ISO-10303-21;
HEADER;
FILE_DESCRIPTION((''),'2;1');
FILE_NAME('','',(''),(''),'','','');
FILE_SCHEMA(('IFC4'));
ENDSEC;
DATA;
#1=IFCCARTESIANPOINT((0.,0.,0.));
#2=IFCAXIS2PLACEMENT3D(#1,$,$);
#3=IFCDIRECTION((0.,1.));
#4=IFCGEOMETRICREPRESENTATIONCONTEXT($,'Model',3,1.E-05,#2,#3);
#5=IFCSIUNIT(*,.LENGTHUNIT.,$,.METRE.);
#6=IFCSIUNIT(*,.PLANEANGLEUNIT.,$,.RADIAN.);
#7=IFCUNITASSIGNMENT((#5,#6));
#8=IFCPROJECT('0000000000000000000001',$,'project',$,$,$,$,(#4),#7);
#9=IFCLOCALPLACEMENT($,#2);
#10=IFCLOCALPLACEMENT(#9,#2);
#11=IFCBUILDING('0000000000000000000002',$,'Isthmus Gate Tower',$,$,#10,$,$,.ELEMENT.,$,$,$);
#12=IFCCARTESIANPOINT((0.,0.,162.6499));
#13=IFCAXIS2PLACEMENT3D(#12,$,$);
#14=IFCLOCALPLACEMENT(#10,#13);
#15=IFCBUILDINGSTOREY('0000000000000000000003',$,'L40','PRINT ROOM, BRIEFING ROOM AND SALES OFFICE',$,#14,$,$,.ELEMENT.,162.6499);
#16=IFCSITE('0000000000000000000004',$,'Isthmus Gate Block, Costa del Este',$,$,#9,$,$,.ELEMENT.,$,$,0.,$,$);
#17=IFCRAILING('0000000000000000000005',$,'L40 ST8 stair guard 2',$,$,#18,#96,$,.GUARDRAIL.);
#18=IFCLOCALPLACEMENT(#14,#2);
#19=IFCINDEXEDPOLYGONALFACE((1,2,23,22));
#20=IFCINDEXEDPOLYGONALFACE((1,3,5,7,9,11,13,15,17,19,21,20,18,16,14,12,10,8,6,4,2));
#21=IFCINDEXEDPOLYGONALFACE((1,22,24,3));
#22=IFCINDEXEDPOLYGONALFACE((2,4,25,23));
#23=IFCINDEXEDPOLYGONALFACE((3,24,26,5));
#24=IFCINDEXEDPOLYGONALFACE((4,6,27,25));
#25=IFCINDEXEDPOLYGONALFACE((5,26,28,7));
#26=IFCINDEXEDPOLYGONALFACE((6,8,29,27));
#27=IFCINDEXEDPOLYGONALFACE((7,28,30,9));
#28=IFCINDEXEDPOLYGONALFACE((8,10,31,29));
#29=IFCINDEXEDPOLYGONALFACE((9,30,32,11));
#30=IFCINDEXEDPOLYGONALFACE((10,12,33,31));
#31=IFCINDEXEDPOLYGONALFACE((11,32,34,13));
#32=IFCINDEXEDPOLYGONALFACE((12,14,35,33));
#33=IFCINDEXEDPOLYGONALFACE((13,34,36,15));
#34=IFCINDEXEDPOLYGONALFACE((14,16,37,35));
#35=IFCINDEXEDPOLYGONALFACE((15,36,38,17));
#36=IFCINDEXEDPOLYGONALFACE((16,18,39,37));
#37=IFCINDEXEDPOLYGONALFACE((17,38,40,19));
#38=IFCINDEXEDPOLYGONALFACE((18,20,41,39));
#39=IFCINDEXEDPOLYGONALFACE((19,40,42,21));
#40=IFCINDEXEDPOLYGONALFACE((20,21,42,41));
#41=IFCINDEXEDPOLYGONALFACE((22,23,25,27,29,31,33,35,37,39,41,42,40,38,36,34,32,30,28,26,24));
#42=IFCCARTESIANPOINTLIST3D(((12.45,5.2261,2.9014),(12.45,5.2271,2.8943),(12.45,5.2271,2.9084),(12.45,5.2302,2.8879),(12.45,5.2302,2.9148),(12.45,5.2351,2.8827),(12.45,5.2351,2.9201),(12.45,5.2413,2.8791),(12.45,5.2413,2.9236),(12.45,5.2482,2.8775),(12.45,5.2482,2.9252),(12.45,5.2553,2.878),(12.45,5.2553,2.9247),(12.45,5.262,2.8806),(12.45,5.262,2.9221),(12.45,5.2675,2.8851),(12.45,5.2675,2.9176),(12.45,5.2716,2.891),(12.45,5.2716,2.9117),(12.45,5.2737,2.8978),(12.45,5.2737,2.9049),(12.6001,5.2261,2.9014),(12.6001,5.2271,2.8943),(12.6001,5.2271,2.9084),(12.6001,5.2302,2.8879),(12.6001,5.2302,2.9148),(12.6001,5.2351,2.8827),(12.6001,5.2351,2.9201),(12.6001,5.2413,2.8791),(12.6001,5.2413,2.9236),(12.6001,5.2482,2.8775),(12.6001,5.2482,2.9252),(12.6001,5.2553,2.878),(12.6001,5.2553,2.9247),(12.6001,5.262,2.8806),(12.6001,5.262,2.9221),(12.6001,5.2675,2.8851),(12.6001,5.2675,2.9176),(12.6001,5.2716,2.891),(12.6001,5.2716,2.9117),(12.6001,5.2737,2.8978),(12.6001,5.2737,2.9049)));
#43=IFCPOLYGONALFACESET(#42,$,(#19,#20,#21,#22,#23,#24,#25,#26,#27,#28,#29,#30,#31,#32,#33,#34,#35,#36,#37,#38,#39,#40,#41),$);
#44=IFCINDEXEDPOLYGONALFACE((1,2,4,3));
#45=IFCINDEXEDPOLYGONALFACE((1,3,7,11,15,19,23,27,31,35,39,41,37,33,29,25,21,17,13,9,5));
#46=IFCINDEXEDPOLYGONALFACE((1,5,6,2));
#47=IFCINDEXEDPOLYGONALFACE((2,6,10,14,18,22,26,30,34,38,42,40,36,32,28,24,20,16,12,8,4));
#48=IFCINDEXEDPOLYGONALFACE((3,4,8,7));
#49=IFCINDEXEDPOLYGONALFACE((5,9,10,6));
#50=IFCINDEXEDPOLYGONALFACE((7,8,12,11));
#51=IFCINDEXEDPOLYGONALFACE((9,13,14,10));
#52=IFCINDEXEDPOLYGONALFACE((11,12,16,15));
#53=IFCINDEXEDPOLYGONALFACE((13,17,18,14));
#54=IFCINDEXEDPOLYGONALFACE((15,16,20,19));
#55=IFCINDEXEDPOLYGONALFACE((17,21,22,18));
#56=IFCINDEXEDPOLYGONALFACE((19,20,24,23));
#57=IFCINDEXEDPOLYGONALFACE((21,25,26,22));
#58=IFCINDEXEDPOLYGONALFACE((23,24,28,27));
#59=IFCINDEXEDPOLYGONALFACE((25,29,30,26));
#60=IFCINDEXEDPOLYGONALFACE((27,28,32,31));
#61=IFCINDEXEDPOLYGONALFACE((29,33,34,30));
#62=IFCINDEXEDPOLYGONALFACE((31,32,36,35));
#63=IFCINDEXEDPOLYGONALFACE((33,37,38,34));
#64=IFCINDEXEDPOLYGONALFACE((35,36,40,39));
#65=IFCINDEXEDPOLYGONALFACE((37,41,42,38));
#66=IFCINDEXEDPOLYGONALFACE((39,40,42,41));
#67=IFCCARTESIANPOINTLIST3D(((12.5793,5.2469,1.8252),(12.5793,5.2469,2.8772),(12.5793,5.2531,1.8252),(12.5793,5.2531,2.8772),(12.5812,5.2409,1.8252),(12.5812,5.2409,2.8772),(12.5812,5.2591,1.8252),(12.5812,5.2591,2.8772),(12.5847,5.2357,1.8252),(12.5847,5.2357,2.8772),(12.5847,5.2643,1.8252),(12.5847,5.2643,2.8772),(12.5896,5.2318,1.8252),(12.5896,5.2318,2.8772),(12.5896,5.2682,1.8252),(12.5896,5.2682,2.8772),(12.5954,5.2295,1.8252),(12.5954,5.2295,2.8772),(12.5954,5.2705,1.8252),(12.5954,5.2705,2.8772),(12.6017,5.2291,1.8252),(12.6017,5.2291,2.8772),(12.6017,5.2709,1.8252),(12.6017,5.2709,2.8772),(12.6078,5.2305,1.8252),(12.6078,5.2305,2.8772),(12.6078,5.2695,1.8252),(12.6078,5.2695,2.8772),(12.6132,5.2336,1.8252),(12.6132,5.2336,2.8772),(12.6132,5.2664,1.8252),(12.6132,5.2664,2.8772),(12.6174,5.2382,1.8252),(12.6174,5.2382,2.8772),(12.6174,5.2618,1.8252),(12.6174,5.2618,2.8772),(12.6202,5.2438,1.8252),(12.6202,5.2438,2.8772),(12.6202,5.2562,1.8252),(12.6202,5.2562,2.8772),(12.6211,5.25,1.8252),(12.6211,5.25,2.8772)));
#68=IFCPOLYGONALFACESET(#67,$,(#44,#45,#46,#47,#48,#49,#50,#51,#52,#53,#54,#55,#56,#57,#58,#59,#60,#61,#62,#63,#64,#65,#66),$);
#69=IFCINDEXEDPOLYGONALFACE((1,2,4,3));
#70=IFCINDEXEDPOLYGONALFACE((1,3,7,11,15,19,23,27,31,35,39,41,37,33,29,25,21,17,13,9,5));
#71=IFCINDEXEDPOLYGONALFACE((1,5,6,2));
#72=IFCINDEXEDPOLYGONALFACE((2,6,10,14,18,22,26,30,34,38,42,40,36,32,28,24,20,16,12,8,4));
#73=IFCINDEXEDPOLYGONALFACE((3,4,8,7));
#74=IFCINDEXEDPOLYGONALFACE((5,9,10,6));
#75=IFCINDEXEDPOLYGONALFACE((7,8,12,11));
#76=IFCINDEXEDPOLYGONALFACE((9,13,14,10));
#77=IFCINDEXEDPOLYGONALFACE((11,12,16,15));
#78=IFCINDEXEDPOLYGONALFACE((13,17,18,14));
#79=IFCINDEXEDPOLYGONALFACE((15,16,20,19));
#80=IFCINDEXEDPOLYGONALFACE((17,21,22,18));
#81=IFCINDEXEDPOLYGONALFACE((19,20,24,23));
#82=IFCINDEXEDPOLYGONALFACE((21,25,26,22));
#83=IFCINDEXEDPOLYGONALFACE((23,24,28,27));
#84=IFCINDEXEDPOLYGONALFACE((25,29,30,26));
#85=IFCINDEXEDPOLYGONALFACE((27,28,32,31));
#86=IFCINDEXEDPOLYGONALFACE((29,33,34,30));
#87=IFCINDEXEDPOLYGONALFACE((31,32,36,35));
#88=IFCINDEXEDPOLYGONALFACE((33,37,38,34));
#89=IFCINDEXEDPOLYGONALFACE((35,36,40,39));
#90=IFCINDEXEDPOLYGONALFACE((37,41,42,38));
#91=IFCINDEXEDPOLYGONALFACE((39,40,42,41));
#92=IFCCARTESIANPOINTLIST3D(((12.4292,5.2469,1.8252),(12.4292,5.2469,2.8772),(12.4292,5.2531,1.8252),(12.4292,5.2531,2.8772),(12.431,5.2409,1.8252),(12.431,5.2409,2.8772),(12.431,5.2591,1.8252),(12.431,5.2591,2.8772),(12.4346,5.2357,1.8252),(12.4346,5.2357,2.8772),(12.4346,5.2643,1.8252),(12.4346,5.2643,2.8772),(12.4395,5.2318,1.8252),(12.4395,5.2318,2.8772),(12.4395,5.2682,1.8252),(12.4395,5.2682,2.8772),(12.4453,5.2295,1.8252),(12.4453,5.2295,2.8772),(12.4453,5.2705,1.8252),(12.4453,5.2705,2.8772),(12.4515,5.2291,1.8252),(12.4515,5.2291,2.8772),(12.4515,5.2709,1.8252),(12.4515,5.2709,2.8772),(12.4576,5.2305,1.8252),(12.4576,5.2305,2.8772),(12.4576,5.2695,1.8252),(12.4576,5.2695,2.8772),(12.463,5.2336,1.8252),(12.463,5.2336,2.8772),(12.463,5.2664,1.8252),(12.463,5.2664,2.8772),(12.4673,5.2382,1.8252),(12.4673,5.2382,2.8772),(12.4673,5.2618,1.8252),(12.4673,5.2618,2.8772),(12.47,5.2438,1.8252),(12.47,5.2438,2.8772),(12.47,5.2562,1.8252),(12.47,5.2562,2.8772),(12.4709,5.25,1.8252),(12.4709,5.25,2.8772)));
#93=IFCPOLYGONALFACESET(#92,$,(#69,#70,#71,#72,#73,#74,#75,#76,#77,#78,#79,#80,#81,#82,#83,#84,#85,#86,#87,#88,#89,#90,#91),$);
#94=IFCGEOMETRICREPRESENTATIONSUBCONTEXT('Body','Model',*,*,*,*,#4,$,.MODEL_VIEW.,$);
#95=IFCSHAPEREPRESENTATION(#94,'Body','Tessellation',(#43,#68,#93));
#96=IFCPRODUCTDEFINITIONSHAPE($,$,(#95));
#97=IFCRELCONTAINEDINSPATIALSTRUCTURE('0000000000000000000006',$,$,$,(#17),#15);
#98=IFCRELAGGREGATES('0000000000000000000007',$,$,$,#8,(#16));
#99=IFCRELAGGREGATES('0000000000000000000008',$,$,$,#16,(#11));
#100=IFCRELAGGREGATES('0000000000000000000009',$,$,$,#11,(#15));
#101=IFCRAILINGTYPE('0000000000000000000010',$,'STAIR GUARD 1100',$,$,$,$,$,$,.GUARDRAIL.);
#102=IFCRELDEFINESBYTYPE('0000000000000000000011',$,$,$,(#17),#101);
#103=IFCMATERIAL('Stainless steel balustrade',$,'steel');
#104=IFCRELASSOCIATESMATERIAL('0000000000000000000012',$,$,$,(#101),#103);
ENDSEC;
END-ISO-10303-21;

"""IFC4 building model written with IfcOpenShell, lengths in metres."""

from ifc_helpers import new_model, si_unit, direction, frame, origin, origin_2d, place, context, subcontext, project, spatial, circle, extrude, material, type_object, element, save


model = new_model("IFC4")

# Units and contexts
model_context = context("Model", 3, precision=1e-05, world=origin(), true_north=direction((0.0, 1.0)))
body_context = subcontext(model_context, "Body", "Model", "MODEL_VIEW")
ifc_project = project(units=[si_unit("LENGTHUNIT", "METRE"), si_unit("PLANEANGLEUNIT", "RADIAN")], contexts=[model_context])

# Site, building, storey
site_placement = place(None, origin())
site = spatial("IfcSite", under=ifc_project, at=site_placement, Name="Isthmus Gate Block, Costa del Este", CompositionType="ELEMENT", RefElevation=0.0)
building_placement = place(site_placement, origin())
building = spatial("IfcBuilding", under=site, at=building_placement, Name="Isthmus Gate Tower", CompositionType="ELEMENT")
storey_placement = place(building_placement, frame((0.0, 0.0, 162.6499)))
storey = spatial("IfcBuildingStorey", under=building, at=storey_placement, Name="L40", Description="PRINT ROOM, BRIEFING ROOM AND SALES OFFICE", CompositionType="ELEMENT", Elevation=162.6499)

# Railing
ifc_material_1 = material(Name="Stainless steel balustrade", Category="steel")
railing_type_1 = type_object("IfcRailingType", Name="STAIR GUARD 1100", PredefinedType="GUARDRAIL", material=ifc_material_1)
railing_1_placement = place(storey_placement, frame((12.6001, 5.25, 1.8252)))
element("IfcRailing", 1, at=railing_1_placement, inside=storey, type_object=railing_type_1, Name="L40 ST8 stair guard 2", PredefinedType="GUARDRAIL", context=body_context, shape_type="SweptSolid", body=[
    extrude(circle(Radius=0.0239, at=origin_2d()), frame((0.0, 0.0, 1.0762), z_axis=(-1.0, 0.0, 0.0), x_axis=(0.0, -1.0, 0.0)), (0.0, 0.0, 1.0), 0.1501),
    extrude(circle(Radius=0.021, at=origin_2d()), origin(), (0.0, 0.0, 1.0), 1.052),
    extrude(circle(Radius=0.021, at=origin_2d()), frame((-0.1501, 0.0, 0.0)), (0.0, 0.0, 1.0), 1.052),
])

save(model, "model.ifc")
